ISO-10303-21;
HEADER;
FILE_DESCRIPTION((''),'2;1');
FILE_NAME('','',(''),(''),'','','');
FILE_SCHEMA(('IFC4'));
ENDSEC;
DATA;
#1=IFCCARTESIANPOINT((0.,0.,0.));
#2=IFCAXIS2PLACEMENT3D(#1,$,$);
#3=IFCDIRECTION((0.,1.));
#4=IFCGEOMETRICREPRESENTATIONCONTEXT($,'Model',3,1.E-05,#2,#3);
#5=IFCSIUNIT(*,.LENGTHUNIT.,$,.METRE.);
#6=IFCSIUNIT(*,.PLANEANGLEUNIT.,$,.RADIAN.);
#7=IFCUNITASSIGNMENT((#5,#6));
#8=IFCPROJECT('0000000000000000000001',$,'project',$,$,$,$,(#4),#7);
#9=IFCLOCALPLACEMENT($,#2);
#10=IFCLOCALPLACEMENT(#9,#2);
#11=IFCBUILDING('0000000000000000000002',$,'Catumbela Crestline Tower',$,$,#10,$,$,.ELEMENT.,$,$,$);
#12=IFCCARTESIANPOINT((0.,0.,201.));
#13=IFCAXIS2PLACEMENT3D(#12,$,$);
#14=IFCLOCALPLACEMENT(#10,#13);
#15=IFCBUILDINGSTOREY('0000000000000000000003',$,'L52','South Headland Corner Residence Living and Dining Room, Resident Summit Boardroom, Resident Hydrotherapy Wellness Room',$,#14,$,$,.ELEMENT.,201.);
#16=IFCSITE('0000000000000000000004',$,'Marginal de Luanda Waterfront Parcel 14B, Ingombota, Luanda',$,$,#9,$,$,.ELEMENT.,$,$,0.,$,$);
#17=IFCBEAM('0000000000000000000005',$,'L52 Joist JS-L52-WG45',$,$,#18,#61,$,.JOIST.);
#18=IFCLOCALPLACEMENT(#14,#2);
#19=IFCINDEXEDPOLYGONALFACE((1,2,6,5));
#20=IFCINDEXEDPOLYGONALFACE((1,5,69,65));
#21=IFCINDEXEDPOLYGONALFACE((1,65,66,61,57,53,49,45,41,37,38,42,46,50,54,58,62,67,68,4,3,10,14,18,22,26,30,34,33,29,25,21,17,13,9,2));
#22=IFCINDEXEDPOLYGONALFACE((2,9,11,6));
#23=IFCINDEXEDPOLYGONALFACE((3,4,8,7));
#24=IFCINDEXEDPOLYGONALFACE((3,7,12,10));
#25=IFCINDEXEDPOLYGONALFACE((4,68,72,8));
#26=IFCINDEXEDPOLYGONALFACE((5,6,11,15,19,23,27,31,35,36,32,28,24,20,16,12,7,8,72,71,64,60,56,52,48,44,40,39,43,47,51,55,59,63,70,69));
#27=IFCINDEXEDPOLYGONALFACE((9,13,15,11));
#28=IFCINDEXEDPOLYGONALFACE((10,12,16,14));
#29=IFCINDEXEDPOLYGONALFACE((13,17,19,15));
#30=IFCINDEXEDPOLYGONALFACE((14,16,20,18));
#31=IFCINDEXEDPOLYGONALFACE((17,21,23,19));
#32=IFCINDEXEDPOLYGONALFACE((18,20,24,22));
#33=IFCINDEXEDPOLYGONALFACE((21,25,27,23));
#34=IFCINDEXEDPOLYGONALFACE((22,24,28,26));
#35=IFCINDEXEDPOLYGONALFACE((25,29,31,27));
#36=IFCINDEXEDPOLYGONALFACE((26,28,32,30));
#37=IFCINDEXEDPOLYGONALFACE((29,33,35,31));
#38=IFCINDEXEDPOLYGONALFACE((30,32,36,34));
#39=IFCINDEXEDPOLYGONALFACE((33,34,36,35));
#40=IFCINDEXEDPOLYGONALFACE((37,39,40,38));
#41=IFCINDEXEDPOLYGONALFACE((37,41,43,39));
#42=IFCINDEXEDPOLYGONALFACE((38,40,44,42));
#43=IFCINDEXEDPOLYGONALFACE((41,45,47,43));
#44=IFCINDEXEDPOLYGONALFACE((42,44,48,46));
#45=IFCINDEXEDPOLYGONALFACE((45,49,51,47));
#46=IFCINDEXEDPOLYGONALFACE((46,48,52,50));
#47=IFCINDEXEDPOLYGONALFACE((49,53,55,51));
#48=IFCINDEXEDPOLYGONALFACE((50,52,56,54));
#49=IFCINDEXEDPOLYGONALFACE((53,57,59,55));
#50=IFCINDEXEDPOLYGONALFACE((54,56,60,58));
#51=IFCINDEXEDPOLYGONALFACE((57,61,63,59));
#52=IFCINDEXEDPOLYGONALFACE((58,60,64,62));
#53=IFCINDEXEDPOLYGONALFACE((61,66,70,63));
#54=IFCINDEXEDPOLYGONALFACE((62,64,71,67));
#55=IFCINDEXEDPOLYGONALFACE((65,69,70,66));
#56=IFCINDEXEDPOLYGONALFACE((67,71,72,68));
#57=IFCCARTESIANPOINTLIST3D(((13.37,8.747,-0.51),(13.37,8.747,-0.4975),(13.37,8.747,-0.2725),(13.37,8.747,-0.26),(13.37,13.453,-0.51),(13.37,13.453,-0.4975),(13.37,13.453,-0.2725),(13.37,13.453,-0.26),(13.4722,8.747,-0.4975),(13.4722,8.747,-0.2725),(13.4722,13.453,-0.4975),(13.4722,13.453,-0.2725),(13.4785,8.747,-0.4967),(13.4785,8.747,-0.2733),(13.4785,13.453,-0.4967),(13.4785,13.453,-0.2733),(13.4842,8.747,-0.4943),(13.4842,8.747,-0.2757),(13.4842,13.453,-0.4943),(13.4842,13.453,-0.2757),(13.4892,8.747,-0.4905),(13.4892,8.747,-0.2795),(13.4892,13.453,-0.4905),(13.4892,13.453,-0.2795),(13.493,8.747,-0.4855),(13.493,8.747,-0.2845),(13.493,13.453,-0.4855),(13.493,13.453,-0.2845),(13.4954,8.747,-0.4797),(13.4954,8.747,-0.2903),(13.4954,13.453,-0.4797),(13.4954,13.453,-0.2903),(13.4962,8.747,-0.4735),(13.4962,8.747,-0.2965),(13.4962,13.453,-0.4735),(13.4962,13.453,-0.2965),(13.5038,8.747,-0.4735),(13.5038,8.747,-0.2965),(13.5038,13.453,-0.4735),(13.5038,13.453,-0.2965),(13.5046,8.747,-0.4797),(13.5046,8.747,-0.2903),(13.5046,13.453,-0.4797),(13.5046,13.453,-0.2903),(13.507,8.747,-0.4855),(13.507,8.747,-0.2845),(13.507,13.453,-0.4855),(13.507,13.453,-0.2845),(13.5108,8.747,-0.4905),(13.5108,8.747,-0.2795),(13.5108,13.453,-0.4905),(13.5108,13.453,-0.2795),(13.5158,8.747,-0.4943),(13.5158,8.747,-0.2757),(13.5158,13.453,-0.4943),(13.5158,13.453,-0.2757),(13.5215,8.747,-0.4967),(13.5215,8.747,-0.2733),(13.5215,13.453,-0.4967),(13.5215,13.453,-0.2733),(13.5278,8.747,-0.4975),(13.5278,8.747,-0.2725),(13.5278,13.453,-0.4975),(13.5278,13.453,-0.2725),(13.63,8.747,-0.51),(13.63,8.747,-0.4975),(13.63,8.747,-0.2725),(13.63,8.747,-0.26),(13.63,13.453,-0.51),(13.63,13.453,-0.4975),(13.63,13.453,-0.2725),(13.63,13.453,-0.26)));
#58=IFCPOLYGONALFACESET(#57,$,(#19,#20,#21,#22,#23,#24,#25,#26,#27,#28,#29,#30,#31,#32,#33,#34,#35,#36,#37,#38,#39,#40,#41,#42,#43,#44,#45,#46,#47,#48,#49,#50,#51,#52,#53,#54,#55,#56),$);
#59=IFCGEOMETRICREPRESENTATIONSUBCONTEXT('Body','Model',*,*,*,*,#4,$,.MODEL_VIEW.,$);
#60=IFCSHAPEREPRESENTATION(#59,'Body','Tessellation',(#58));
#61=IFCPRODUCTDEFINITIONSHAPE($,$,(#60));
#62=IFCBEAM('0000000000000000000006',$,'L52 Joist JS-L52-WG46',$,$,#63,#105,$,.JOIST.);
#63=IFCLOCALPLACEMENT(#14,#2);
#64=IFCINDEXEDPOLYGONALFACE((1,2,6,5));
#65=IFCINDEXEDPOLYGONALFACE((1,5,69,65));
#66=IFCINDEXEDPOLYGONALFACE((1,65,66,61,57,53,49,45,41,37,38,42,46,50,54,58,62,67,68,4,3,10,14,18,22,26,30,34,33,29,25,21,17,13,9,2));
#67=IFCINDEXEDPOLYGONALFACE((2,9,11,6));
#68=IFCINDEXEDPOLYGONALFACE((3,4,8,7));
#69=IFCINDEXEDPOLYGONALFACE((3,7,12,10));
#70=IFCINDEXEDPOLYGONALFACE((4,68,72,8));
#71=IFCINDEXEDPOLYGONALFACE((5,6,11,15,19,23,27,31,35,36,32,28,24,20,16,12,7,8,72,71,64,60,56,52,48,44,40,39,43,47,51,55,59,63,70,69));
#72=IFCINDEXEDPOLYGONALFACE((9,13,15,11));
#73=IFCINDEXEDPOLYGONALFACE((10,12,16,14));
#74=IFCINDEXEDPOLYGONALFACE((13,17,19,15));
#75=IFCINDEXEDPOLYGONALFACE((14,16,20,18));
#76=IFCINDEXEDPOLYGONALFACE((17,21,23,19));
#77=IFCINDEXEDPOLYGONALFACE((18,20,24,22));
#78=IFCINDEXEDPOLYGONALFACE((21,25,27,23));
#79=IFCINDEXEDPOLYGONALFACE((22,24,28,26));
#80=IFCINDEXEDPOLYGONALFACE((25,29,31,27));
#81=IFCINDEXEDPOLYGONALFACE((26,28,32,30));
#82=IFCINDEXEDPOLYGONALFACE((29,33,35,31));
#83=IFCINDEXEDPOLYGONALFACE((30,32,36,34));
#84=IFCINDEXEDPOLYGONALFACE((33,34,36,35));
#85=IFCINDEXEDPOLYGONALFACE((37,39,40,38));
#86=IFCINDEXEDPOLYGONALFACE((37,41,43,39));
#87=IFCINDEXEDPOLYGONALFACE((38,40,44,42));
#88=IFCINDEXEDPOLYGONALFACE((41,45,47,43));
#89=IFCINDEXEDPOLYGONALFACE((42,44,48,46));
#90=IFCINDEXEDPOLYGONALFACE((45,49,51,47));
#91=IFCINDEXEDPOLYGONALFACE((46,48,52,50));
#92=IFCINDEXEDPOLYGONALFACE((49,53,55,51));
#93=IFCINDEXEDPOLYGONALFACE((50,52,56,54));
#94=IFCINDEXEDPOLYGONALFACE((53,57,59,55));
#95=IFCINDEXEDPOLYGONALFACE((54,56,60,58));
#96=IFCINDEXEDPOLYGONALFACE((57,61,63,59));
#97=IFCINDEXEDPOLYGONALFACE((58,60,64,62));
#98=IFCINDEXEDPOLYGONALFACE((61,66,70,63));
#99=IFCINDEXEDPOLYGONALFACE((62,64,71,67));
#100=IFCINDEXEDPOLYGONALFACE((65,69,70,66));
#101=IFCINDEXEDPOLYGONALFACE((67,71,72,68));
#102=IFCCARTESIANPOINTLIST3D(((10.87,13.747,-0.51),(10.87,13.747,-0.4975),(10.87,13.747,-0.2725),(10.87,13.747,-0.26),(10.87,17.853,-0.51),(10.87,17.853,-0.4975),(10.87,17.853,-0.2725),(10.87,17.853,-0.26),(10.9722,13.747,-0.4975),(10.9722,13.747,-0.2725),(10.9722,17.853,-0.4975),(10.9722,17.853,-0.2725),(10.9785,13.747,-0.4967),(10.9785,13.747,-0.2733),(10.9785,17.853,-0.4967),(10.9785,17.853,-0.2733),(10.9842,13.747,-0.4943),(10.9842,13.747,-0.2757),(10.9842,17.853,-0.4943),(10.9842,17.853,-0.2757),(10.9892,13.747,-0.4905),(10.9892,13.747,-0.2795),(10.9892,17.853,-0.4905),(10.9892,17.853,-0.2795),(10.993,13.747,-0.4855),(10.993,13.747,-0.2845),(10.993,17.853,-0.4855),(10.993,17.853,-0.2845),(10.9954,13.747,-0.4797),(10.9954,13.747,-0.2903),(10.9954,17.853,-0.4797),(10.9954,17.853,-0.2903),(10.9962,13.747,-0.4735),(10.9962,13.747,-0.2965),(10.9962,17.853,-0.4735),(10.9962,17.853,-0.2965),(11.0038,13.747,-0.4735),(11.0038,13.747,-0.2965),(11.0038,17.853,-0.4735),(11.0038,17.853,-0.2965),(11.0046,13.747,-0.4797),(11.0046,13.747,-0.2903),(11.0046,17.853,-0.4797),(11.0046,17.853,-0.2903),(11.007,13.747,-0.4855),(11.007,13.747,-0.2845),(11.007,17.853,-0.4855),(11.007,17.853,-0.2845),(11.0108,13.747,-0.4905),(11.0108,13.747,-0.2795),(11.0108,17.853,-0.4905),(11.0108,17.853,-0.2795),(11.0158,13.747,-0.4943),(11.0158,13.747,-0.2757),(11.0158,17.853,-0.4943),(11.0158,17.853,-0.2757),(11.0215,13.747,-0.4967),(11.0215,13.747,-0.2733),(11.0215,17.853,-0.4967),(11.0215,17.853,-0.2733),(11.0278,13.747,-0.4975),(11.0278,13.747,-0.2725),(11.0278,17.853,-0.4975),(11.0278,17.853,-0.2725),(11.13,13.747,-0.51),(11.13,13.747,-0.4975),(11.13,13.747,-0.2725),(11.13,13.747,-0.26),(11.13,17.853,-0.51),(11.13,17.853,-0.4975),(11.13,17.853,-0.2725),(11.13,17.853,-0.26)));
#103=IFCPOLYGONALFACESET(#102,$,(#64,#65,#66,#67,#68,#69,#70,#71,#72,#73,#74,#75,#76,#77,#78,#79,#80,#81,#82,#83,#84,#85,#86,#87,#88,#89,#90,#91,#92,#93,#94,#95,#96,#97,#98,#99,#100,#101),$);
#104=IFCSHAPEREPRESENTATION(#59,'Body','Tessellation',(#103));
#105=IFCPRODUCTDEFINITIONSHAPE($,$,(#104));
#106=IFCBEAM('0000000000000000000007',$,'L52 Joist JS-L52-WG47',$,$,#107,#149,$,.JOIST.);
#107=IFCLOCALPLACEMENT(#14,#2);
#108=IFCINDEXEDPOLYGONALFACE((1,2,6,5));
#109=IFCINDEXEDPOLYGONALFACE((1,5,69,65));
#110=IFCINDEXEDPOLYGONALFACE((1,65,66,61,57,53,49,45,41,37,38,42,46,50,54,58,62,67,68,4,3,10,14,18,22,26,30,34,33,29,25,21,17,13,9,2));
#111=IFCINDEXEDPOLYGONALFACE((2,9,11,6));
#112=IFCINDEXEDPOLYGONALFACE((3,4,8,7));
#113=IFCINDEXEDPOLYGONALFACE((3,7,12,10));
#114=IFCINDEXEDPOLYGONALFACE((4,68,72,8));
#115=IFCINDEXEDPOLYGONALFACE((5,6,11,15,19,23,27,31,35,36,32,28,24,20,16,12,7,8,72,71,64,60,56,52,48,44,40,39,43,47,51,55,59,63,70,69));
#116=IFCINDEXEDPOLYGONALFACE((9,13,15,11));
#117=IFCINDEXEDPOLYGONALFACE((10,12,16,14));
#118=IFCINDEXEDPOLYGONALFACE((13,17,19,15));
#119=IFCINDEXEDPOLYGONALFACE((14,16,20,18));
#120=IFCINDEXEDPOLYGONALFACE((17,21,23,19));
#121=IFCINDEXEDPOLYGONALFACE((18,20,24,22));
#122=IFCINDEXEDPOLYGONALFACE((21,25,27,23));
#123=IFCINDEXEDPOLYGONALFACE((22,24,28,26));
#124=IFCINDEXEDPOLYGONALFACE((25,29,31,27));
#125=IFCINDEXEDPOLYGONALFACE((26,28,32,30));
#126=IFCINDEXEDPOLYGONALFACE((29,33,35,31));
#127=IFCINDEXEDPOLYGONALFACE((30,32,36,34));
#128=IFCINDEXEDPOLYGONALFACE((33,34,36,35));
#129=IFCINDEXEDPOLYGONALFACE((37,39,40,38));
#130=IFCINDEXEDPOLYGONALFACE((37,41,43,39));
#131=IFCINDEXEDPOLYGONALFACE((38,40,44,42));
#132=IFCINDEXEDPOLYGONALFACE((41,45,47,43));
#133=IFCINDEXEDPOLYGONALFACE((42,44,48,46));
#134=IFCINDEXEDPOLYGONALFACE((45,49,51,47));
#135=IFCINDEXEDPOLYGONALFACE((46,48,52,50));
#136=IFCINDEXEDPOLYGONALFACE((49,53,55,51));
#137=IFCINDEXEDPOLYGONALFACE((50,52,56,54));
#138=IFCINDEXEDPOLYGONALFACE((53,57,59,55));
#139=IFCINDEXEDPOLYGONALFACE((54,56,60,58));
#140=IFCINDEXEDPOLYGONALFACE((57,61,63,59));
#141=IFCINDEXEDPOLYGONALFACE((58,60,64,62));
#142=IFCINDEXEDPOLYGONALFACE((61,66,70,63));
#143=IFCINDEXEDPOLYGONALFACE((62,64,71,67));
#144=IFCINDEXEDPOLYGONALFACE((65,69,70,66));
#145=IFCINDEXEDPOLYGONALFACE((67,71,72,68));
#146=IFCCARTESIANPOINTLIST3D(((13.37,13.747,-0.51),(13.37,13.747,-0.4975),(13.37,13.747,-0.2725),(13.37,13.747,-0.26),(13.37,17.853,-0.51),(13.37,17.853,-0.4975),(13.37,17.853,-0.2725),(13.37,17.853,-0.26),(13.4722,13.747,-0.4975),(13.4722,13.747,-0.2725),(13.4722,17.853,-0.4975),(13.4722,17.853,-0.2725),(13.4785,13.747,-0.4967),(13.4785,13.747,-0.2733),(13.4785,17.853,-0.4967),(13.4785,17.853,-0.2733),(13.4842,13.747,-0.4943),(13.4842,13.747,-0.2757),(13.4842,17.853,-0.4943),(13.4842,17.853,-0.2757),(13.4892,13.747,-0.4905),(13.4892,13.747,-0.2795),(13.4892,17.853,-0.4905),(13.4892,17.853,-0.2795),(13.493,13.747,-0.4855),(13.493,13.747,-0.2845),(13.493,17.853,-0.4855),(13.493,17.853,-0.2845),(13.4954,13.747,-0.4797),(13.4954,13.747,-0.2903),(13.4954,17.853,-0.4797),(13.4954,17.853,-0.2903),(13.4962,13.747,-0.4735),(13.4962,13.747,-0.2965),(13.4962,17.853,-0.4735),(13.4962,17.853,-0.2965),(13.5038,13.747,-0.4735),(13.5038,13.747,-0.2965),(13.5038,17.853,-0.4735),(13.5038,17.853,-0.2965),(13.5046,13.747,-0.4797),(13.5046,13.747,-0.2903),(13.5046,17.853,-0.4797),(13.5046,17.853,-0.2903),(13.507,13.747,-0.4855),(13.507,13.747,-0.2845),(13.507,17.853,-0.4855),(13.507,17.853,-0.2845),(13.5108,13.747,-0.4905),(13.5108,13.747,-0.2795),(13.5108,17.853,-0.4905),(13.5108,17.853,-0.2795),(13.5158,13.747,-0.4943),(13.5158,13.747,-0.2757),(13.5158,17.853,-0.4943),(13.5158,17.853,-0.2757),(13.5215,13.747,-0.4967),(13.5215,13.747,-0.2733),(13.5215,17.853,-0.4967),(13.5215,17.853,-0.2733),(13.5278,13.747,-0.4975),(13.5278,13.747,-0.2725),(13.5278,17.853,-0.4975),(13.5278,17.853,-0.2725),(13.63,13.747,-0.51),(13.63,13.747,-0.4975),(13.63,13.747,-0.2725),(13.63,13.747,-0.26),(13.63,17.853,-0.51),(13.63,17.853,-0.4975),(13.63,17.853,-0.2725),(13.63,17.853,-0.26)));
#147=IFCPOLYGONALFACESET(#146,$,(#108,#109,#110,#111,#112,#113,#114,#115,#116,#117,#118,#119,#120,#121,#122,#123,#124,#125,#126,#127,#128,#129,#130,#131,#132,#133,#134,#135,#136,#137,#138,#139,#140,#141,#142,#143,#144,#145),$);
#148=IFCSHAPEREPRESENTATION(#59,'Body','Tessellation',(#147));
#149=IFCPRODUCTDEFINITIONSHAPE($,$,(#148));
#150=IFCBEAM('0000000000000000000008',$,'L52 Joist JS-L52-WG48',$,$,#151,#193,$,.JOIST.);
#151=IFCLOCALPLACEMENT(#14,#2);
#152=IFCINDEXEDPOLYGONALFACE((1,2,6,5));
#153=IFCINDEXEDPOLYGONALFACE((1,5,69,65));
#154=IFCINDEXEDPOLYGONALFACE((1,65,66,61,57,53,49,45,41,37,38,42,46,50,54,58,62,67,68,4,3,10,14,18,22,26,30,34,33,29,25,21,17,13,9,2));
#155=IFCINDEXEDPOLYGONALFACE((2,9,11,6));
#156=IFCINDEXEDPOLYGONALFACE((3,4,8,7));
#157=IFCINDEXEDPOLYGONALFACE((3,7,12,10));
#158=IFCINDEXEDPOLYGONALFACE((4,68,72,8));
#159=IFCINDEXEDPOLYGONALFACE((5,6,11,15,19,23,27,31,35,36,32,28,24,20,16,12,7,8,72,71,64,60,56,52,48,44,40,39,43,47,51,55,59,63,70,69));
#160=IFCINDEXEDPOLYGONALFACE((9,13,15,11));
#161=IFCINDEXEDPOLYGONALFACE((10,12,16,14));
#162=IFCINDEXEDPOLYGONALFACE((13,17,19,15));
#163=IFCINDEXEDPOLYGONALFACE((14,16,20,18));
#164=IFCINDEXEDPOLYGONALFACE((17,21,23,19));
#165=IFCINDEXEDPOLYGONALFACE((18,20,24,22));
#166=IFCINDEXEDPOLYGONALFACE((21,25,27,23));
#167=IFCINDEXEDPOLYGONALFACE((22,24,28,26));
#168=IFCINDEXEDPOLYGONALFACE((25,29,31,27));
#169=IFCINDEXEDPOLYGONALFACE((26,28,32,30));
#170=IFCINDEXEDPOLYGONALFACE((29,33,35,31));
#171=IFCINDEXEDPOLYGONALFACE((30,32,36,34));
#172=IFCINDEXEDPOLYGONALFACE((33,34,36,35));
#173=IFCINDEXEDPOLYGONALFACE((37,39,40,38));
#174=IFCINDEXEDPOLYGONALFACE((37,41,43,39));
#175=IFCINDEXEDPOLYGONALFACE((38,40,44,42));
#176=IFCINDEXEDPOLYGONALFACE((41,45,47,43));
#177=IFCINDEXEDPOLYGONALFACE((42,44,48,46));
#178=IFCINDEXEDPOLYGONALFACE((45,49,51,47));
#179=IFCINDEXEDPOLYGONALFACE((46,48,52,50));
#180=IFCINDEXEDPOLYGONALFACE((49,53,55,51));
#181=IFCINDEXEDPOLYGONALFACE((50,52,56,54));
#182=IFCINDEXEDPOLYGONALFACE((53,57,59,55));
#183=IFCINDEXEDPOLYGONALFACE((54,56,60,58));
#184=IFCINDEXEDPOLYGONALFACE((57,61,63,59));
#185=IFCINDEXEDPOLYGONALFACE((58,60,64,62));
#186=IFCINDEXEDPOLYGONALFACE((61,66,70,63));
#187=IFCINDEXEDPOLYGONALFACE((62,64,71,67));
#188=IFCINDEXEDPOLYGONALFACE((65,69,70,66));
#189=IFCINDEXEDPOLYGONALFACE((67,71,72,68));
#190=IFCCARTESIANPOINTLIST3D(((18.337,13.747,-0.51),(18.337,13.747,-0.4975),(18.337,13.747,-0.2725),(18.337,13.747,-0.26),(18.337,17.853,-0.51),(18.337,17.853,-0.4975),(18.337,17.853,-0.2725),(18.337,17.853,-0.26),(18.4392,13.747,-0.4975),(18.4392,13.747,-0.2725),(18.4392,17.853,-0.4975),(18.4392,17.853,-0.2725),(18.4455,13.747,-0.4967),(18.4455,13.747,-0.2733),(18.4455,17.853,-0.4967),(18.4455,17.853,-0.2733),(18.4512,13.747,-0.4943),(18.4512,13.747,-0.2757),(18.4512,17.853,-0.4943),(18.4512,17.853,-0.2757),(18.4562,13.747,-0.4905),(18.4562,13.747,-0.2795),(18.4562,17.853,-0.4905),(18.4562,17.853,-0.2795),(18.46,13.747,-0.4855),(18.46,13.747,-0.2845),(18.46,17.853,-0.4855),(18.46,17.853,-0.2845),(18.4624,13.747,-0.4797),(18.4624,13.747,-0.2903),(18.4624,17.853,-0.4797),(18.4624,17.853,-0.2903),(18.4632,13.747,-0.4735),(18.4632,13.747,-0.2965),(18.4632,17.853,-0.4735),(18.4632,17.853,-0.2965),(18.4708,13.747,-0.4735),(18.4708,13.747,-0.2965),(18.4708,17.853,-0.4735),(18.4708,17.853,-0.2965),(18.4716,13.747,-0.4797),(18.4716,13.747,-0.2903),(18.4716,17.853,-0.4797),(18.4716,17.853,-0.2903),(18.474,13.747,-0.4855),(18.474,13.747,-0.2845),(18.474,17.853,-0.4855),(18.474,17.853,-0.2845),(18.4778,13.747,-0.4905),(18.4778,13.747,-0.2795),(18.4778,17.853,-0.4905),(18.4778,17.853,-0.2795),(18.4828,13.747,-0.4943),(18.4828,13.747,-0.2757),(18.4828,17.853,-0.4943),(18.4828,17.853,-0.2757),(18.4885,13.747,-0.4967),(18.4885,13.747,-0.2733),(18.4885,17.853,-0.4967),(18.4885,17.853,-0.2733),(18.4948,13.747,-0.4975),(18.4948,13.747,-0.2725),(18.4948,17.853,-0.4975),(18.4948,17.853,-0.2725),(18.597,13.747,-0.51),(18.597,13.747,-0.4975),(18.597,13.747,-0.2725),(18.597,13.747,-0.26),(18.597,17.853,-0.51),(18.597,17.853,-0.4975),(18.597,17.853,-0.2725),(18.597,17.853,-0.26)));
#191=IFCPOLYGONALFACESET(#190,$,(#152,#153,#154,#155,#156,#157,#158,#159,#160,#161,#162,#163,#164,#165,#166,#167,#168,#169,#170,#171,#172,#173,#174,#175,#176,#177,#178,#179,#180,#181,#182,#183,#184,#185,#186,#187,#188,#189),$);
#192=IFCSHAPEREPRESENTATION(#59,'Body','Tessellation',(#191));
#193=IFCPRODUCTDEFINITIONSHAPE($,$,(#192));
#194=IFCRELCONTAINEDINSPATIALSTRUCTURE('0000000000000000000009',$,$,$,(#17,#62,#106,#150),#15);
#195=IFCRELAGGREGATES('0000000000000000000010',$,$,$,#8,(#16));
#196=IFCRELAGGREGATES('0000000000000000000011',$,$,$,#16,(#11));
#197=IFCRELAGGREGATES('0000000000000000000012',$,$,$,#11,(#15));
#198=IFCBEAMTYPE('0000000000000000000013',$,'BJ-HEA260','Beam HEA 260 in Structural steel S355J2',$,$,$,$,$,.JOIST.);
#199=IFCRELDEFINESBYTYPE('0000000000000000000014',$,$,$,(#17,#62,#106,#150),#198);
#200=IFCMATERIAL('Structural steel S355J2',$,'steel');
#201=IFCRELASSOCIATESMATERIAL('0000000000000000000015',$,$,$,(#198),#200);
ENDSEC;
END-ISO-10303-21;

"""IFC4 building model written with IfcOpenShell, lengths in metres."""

from ifc_helpers import new_model, si_unit, direction, frame, origin, origin_2d, place, context, subcontext, project, spatial, i_section, extrude, material, material_profile, profile_set, type_object, element, save


model = new_model("IFC4")

# Units and contexts
model_context = context("Model", 3, precision=1e-05, world=origin(), true_north=direction((0.0, 1.0)))
body_context = subcontext(model_context, "Body", "Model", "MODEL_VIEW")
ifc_project = project(units=[si_unit("LENGTHUNIT", "METRE"), si_unit("PLANEANGLEUNIT", "RADIAN")], contexts=[model_context])

# Site, building, storey
site_placement = place(None, origin())
site = spatial("IfcSite", under=ifc_project, at=site_placement, Name="Marginal de Luanda Waterfront Parcel 14B, Ingombota, Luanda", CompositionType="ELEMENT", RefElevation=0.0)
building_placement = place(site_placement, origin())
building = spatial("IfcBuilding", under=site, at=building_placement, Name="Catumbela Crestline Tower", CompositionType="ELEMENT")
storey_placement = place(building_placement, frame((0.0, 0.0, 201.0)))
storey = spatial("IfcBuildingStorey", under=building, at=storey_placement, Name="L52", Description="South Headland Corner Residence Living and Dining Room, Resident Summit Boardroom, Resident Hydrotherapy Wellness Room", CompositionType="ELEMENT", Elevation=201.0)

# Shared definitions
ifc_material_1 = material(Name="Structural steel S355J2", Category="steel")

# Beams
ifc_material_profile_1 = material_profile(ifc_material_1, i_section(OverallWidth=0.26, OverallDepth=0.25, WebThickness=0.0075, FlangeThickness=0.0125, FilletRadius=0.024, at=origin_2d()), Name="HEA 260")
ifc_profile_set_1 = profile_set([ifc_material_profile_1], Name="Structural steel S355J2")
beam_type_1 = type_object("IfcBeamType", Name="BJ-HEA260", Description="Beam HEA 260 in Structural steel S355J2", PredefinedType="JOIST", material=ifc_profile_set_1)
for number, where, z_axis, x_axis, name in (
    (1, (13.5, 8.747, -0.385), (0.0, 1.0, 0.0), (-1.0, 0.0, 0.0), "L52 Joist JS-L52-WG45"),
):
    element("IfcBeam", number, at=place(storey_placement, frame(where, z_axis=z_axis, x_axis=x_axis)), inside=storey, type_object=beam_type_1, Name=name, PredefinedType="JOIST", context=body_context, shape_type="SweptSolid", body=[
        extrude(i_section(OverallWidth=0.26, OverallDepth=0.25, WebThickness=0.0075, FlangeThickness=0.0125, FilletRadius=0.024, at=origin_2d()), origin(), (0.0, 0.0, 1.0), 4.706),
    ])
for number, where, z_axis, x_axis, name in (
    (2, (11.0, 13.747, -0.385), (0.0, 1.0, 0.0), (-1.0, 0.0, 0.0), "L52 Joist JS-L52-WG46"),
    (3, (13.5, 13.747, -0.385), (0.0, 1.0, 0.0), (-1.0, 0.0, 0.0), "L52 Joist JS-L52-WG47"),
    (4, (18.467, 13.747, -0.385), (0.0, 1.0, 0.0), (-1.0, 0.0, 0.0), "L52 Joist JS-L52-WG48"),
):
    element("IfcBeam", number, at=place(storey_placement, frame(where, z_axis=z_axis, x_axis=x_axis)), inside=storey, type_object=beam_type_1, Name=name, PredefinedType="JOIST", context=body_context, shape_type="SweptSolid", body=[
        extrude(i_section(OverallWidth=0.26, OverallDepth=0.25, WebThickness=0.0075, FlangeThickness=0.0125, FilletRadius=0.024, at=origin_2d()), origin(), (0.0, 0.0, 1.0), 4.106),
    ])

save(model, "model.ifc")
